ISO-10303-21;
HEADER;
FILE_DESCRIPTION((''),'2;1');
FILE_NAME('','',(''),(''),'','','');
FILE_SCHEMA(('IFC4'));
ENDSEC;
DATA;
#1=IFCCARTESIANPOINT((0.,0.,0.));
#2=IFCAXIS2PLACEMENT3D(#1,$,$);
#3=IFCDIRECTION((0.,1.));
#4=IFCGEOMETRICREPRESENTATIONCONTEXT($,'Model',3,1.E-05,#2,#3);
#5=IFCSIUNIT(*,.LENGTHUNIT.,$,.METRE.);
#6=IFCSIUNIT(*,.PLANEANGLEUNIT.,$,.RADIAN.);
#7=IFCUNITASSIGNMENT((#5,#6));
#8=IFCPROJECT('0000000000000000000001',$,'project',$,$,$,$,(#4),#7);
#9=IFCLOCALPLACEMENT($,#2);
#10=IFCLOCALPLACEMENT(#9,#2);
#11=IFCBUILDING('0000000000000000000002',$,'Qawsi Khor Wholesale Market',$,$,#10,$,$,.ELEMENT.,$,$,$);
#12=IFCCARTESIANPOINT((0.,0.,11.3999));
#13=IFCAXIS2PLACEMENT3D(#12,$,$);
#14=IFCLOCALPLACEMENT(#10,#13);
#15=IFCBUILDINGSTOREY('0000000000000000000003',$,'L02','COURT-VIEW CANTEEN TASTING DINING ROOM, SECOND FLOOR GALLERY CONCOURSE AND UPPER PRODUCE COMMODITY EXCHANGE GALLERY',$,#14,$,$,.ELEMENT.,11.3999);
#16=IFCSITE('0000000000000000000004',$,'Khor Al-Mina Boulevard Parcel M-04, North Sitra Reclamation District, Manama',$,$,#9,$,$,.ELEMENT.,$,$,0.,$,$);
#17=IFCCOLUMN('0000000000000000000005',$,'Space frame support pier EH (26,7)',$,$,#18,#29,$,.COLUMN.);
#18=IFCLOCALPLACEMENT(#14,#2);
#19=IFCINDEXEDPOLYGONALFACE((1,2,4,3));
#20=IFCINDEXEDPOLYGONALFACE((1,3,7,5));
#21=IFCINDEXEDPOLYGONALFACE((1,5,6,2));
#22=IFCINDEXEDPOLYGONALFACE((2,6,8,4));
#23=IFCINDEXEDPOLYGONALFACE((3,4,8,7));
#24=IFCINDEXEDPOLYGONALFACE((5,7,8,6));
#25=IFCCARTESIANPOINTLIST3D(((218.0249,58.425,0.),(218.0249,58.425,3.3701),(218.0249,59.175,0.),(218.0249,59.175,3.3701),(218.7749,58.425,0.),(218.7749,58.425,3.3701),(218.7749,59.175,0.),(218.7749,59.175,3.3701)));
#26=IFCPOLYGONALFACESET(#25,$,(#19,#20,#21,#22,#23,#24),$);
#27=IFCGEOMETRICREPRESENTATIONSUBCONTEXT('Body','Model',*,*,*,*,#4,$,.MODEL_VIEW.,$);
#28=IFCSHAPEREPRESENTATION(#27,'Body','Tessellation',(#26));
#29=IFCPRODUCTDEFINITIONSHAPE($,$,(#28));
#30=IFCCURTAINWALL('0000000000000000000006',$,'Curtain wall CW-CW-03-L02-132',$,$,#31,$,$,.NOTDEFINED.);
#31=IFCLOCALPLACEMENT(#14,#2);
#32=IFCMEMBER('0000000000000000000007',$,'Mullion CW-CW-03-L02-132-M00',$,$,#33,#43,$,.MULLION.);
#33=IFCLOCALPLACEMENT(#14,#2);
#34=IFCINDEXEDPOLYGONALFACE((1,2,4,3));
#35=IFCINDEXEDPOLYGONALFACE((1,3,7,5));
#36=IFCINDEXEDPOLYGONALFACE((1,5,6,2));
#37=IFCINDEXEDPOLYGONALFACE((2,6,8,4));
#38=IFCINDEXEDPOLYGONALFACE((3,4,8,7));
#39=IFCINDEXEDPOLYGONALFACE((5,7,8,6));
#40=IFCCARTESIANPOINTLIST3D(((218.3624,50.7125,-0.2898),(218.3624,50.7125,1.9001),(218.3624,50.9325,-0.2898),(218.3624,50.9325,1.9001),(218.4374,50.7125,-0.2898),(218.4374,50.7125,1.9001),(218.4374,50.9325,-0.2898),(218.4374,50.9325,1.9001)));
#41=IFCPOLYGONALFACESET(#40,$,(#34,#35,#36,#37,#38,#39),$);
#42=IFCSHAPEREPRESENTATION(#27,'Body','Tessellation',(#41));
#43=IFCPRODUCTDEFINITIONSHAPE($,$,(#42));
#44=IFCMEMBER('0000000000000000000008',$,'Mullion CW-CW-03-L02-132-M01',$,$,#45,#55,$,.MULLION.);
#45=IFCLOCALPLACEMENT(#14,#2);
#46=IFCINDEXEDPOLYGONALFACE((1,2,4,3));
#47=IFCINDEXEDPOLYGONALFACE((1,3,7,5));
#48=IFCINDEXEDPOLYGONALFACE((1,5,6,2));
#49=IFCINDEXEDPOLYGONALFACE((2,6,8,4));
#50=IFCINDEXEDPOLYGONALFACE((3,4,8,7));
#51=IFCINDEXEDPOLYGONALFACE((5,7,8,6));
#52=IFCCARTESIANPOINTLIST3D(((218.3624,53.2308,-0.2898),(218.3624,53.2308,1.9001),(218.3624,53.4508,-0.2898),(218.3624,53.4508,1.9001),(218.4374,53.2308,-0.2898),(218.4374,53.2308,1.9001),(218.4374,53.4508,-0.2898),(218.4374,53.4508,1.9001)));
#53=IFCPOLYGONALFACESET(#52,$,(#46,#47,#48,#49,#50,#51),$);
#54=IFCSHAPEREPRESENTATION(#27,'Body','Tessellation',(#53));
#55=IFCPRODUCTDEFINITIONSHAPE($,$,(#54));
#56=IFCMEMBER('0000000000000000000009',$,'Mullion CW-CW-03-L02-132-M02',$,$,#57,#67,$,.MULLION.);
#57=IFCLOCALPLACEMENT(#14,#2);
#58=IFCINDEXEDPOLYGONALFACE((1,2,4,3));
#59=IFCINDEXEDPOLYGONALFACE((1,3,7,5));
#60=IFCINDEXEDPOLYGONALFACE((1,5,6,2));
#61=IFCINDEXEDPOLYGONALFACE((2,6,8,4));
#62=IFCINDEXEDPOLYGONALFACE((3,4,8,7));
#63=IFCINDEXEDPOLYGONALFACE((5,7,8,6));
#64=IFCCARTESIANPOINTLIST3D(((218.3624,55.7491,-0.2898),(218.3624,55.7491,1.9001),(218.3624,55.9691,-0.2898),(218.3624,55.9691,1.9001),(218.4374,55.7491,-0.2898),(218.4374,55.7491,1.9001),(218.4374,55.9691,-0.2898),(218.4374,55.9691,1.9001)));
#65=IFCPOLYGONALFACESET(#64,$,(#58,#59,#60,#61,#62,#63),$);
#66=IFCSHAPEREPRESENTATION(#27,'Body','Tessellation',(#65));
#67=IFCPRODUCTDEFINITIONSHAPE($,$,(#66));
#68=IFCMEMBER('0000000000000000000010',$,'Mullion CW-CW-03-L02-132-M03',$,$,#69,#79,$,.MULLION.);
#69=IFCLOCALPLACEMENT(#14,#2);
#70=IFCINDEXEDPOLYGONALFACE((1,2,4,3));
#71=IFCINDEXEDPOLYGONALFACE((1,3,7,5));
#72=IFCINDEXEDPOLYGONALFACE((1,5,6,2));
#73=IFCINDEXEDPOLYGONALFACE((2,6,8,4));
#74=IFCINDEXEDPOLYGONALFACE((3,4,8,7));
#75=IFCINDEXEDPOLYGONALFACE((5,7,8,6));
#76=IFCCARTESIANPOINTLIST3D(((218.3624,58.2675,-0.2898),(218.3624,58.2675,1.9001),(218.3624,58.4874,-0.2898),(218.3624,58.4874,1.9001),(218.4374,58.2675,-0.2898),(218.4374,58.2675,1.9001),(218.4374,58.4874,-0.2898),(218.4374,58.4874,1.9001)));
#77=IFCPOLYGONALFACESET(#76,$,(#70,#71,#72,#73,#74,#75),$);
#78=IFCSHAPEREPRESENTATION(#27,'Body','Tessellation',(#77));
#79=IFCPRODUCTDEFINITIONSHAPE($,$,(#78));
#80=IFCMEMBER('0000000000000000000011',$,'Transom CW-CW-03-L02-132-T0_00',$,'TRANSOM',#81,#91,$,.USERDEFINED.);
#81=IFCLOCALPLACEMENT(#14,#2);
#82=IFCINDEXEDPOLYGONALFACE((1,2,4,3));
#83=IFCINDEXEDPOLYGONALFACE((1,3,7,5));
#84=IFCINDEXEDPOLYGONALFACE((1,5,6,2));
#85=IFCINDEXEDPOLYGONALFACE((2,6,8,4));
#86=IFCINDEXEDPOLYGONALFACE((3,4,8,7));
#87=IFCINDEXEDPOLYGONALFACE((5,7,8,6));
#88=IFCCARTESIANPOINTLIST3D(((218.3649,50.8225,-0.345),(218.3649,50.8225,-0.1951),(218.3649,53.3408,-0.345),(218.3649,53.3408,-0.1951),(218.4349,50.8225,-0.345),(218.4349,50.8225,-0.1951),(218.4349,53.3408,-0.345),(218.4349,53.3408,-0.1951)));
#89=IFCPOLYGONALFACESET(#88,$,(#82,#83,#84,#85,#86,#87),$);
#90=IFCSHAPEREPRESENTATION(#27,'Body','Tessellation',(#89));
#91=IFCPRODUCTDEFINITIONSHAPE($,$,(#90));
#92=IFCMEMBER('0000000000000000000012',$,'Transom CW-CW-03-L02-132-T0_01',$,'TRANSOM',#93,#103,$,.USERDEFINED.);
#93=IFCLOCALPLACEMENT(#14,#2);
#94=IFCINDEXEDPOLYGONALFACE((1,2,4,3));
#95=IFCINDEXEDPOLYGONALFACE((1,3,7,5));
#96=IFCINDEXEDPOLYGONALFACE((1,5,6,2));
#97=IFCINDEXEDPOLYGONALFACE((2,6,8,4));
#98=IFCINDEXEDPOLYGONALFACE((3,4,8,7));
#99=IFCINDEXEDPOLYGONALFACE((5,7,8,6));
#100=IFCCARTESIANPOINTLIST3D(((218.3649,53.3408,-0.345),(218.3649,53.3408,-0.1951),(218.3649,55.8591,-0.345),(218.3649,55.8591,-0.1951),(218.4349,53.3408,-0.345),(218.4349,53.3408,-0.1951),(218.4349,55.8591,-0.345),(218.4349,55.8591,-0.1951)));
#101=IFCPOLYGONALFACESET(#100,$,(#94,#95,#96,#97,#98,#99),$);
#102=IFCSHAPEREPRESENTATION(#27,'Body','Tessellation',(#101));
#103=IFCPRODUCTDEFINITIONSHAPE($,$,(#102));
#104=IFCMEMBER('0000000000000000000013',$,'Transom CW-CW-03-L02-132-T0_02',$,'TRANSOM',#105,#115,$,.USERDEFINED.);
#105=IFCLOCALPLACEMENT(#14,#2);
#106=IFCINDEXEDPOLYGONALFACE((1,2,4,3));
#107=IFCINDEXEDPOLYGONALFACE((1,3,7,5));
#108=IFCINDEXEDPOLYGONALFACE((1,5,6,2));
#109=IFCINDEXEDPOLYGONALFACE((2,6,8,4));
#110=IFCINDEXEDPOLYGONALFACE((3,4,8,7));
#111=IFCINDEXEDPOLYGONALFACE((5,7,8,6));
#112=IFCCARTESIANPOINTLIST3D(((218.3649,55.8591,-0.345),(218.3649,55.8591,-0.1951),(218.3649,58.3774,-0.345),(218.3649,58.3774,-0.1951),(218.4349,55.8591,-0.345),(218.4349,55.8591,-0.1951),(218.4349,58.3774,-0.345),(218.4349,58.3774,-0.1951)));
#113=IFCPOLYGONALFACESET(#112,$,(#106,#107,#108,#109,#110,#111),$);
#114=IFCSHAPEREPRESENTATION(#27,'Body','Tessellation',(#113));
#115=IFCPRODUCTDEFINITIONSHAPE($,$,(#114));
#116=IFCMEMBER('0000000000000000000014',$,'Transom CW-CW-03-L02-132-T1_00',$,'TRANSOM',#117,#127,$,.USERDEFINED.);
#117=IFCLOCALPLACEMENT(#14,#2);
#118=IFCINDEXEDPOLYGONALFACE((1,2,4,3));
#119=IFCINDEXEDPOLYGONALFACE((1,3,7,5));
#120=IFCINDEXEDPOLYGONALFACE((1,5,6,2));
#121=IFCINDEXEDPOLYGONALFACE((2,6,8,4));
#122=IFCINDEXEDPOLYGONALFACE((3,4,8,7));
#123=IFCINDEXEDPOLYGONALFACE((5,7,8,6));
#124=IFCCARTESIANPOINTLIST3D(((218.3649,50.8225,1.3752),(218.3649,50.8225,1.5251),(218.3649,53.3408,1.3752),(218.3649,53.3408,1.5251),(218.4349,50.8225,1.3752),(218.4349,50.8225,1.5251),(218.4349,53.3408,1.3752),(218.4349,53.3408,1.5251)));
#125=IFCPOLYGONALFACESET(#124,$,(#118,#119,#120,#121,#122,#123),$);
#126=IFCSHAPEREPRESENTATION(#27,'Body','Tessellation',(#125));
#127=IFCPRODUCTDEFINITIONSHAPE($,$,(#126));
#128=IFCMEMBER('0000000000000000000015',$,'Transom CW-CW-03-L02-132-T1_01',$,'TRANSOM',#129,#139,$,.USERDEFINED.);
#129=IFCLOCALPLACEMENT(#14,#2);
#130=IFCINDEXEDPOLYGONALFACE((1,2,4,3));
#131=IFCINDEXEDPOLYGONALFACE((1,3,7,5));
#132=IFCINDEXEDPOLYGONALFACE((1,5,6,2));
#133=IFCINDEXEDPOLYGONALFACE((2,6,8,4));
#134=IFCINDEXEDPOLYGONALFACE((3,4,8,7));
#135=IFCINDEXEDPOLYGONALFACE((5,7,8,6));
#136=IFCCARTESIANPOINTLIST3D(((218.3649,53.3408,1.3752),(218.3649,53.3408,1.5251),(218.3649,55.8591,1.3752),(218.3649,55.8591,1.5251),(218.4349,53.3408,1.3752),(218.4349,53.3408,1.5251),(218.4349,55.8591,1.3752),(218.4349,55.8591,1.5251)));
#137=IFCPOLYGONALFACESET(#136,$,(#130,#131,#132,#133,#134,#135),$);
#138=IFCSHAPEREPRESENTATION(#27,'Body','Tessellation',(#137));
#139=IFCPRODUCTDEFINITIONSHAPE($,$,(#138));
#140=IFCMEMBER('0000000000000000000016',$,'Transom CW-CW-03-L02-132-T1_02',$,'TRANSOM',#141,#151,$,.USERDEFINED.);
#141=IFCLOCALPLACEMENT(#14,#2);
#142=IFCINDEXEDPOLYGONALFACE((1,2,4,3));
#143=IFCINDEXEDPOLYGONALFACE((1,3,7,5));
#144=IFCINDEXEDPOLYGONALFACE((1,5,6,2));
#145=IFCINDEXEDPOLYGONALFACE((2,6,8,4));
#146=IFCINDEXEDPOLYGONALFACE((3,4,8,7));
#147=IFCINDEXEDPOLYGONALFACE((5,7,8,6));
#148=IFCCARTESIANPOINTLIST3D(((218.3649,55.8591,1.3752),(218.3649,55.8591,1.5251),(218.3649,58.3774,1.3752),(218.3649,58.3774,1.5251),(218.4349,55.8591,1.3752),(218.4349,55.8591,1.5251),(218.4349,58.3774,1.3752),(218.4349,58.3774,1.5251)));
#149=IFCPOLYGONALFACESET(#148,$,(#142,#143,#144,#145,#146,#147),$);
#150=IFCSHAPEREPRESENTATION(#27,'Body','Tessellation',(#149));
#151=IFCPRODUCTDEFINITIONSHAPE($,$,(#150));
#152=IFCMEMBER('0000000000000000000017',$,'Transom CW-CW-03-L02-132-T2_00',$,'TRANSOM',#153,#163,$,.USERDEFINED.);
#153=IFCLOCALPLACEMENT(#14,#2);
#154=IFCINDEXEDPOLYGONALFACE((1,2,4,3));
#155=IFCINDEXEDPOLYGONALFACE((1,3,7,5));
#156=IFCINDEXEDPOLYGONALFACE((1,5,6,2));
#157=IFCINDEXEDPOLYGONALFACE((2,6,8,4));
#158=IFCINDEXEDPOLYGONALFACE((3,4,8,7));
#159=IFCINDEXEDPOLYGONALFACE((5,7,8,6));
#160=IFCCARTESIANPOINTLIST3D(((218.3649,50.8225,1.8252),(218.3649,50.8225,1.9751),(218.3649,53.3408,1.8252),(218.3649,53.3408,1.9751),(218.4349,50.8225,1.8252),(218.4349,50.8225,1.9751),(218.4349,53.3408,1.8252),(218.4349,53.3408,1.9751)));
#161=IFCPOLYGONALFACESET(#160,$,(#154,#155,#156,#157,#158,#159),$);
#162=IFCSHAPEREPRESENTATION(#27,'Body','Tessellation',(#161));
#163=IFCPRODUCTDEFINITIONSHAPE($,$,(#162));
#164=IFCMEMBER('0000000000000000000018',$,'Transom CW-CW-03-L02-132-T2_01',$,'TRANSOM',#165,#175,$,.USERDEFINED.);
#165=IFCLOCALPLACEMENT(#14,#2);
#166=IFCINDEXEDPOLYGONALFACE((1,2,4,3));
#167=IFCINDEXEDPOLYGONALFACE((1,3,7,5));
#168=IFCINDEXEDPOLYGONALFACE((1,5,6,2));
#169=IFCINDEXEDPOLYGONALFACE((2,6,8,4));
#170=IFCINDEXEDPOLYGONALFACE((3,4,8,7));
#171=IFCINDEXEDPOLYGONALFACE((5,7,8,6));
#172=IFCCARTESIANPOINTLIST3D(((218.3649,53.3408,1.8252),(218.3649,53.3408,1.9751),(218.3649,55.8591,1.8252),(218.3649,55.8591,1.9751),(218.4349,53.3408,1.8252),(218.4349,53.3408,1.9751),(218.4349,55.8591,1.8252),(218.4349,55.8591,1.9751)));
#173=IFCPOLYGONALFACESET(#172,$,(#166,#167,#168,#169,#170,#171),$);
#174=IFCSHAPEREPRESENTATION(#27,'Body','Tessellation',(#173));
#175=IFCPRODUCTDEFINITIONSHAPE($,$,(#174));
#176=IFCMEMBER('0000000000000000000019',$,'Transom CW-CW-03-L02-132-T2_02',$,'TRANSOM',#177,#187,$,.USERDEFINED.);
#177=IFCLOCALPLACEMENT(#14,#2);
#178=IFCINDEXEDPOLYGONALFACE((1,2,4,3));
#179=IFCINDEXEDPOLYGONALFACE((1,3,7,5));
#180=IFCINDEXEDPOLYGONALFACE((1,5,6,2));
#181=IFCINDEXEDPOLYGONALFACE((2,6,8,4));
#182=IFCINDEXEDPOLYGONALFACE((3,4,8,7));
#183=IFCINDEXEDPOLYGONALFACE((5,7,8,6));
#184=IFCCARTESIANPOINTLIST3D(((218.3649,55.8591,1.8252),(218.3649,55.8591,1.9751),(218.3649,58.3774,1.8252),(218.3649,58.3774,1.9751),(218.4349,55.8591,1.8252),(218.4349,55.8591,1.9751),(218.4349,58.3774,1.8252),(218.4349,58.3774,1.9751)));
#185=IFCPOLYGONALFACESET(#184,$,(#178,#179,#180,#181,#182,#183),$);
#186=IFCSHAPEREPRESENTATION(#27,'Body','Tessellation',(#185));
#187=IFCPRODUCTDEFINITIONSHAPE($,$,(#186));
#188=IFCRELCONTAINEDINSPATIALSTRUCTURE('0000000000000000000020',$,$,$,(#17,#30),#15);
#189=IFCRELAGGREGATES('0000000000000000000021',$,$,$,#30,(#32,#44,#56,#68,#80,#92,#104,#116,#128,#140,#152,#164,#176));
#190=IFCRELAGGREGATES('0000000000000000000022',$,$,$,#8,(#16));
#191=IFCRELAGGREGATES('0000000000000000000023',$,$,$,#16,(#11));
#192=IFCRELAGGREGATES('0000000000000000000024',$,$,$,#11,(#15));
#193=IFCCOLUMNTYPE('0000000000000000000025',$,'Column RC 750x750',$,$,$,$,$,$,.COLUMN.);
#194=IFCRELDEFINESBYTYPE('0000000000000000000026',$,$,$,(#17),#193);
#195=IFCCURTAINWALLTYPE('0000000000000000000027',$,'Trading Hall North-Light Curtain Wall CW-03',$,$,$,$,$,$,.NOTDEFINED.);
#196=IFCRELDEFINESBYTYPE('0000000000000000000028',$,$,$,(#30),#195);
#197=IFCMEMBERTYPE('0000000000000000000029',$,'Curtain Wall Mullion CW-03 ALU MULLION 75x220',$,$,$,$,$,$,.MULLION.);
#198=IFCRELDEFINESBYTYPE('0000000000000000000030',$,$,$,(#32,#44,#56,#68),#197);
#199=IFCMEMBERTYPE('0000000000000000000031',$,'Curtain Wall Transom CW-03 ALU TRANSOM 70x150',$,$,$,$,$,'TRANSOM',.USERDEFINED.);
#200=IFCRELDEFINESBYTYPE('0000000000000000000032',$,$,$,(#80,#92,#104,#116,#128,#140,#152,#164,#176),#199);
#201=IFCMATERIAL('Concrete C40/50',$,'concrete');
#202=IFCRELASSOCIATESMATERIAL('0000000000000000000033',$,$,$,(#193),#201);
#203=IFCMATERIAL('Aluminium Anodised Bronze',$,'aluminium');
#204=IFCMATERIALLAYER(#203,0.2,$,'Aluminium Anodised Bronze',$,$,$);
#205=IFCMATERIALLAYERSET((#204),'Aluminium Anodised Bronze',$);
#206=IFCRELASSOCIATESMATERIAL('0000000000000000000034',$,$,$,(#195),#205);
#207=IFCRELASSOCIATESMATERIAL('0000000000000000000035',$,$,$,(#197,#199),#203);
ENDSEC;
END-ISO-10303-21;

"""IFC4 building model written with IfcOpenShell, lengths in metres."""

from ifc_helpers import new_model, si_unit, direction, frame, origin, origin_2d, place, context, subcontext, project, spatial, rectangle, extrude, material, layer, layer_set, material_profile, profile_set, type_object, element, aggregate, save


model = new_model("IFC4")

# Units and contexts
model_context = context("Model", 3, precision=1e-05, world=origin(), true_north=direction((0.0, 1.0)))
body_context = subcontext(model_context, "Body", "Model", "MODEL_VIEW")
ifc_project = project(units=[si_unit("LENGTHUNIT", "METRE"), si_unit("PLANEANGLEUNIT", "RADIAN")], contexts=[model_context])

# Site, building, storey
site_placement = place(None, origin())
site = spatial("IfcSite", under=ifc_project, at=site_placement, Name="Khor Al-Mina Boulevard Parcel M-04, North Sitra Reclamation District, Manama", CompositionType="ELEMENT", RefElevation=0.0)
building_placement = place(site_placement, origin())
building = spatial("IfcBuilding", under=site, at=building_placement, Name="Qawsi Khor Wholesale Market", CompositionType="ELEMENT")
storey_placement = place(building_placement, frame((0.0, 0.0, 11.3999)))
storey = spatial("IfcBuildingStorey", under=building, at=storey_placement, Name="L02", Description="COURT-VIEW CANTEEN TASTING DINING ROOM, SECOND FLOOR GALLERY CONCOURSE AND UPPER PRODUCE COMMODITY EXCHANGE GALLERY", CompositionType="ELEMENT", Elevation=11.3999)

# Column
ifc_material_1 = material(Name="Concrete C40/50", Category="concrete")
ifc_material_profile_1 = material_profile(ifc_material_1, rectangle(XDim=0.75, YDim=0.75, at=origin_2d()), Name="RC 750x750")
ifc_profile_set_1 = profile_set([ifc_material_profile_1], Name="Concrete C40/50")
column_type = type_object("IfcColumnType", Name="Column RC 750x750", PredefinedType="COLUMN", material=ifc_profile_set_1)
column_placement = place(storey_placement, frame((218.3999, 58.8, 0.0), z_axis=(0.0, 0.0, 1.0), x_axis=(1.0, 0.0, 0.0)))
element("IfcColumn", 1, at=column_placement, inside=storey, type_object=column_type, Name="Space frame support pier EH (26,7)", PredefinedType="COLUMN", context=body_context, shape_type="SweptSolid", body=[
    extrude(rectangle(XDim=0.75, YDim=0.75, at=origin_2d()), origin(), (0.0, 0.0, 1.0), 3.3701),
])

# Curtain wall, members
ifc_material_2 = material(Name="Aluminium Anodised Bronze", Category="aluminium")
ifc_layer_1 = layer(ifc_material_2, 0.2, Name="Aluminium Anodised Bronze")
ifc_layer_set_1 = layer_set([ifc_layer_1], Name="Aluminium Anodised Bronze")
curtain_wall_type = type_object("IfcCurtainWallType", Name="Trading Hall North-Light Curtain Wall CW-03", PredefinedType="NOTDEFINED", material=ifc_layer_set_1)
curtain_wall_placement = place(storey_placement, origin())
curtain_wall = element("IfcCurtainWall", 2, at=curtain_wall_placement, inside=storey, type_object=curtain_wall_type, Name="Curtain wall CW-CW-03-L02-132", PredefinedType="NOTDEFINED")
ifc_material_profile_2 = material_profile(ifc_material_2, rectangle(XDim=0.075, YDim=0.22, at=origin_2d()), Name="ALU MULLION 75x220")
ifc_profile_set_2 = profile_set([ifc_material_profile_2], Name="Aluminium Anodised Bronze")
member_type_1 = type_object("IfcMemberType", Name="Curtain Wall Mullion CW-03 ALU MULLION 75x220", PredefinedType="MULLION", material=ifc_profile_set_2)
member_1_placement = place(storey_placement, frame((218.3999, 50.8225, -0.2898), z_axis=(0.0, 0.0, 1.0), x_axis=(1.0, 0.0, 0.0)))
member_1 = element("IfcMember", 3, at=member_1_placement, type_object=member_type_1, Name="Mullion CW-CW-03-L02-132-M00", PredefinedType="MULLION", context=body_context, shape_type="SweptSolid", body=[
    extrude(rectangle(XDim=0.075, YDim=0.22, at=origin_2d()), origin(), (0.0, 0.0, 1.0), 2.1899),
])
member_2_placement = place(storey_placement, frame((218.3999, 53.3408, -0.2898), z_axis=(0.0, 0.0, 1.0), x_axis=(1.0, 0.0, 0.0)))
member_2 = element("IfcMember", 4, at=member_2_placement, type_object=member_type_1, Name="Mullion CW-CW-03-L02-132-M01", PredefinedType="MULLION", context=body_context, shape_type="SweptSolid", body=[
    extrude(rectangle(XDim=0.075, YDim=0.22, at=origin_2d()), origin(), (0.0, 0.0, 1.0), 2.1899),
])
member_3_placement = place(storey_placement, frame((218.3999, 55.8591, -0.2898), z_axis=(0.0, 0.0, 1.0), x_axis=(1.0, 0.0, 0.0)))
member_3 = element("IfcMember", 5, at=member_3_placement, type_object=member_type_1, Name="Mullion CW-CW-03-L02-132-M02", PredefinedType="MULLION", context=body_context, shape_type="SweptSolid", body=[
    extrude(rectangle(XDim=0.075, YDim=0.22, at=origin_2d()), origin(), (0.0, 0.0, 1.0), 2.1899),
])
member_4_placement = place(storey_placement, frame((218.3999, 58.3774, -0.2898), z_axis=(0.0, 0.0, 1.0), x_axis=(1.0, 0.0, 0.0)))
member_4 = element("IfcMember", 6, at=member_4_placement, type_object=member_type_1, Name="Mullion CW-CW-03-L02-132-M03", PredefinedType="MULLION", context=body_context, shape_type="SweptSolid", body=[
    extrude(rectangle(XDim=0.075, YDim=0.22, at=origin_2d()), origin(), (0.0, 0.0, 1.0), 2.1899),
])
ifc_material_profile_3 = material_profile(ifc_material_2, rectangle(XDim=0.0701, YDim=0.1499, at=origin_2d()), Name="ALU TRANSOM 70x150")
ifc_profile_set_3 = profile_set([ifc_material_profile_3], Name="Aluminium Anodised Bronze")
member_type_2 = type_object("IfcMemberType", Name="Curtain Wall Transom CW-03 ALU TRANSOM 70x150", ElementType="TRANSOM", PredefinedType="USERDEFINED", material=ifc_profile_set_3)
member_5_placement = place(storey_placement, frame((218.3999, 50.8225, -0.27), z_axis=(0.0, 1.0, 0.0), x_axis=(-1.0, 0.0, 0.0)))
member_5 = element("IfcMember", 7, at=member_5_placement, type_object=member_type_2, Name="Transom CW-CW-03-L02-132-T0_00", ObjectType="TRANSOM", PredefinedType="USERDEFINED", context=body_context, shape_type="SweptSolid", body=[
    extrude(rectangle(XDim=0.0701, YDim=0.1499, at=origin_2d()), origin(), (0.0, 0.0, 1.0), 2.5183),
])
member_6_placement = place(storey_placement, frame((218.3999, 53.3408, -0.27), z_axis=(0.0, 1.0, 0.0), x_axis=(-1.0, 0.0, 0.0)))
member_6 = element("IfcMember", 8, at=member_6_placement, type_object=member_type_2, Name="Transom CW-CW-03-L02-132-T0_01", ObjectType="TRANSOM", PredefinedType="USERDEFINED", context=body_context, shape_type="SweptSolid", body=[
    extrude(rectangle(XDim=0.0701, YDim=0.1499, at=origin_2d()), origin(), (0.0, 0.0, 1.0), 2.5183),
])
member_7_placement = place(storey_placement, frame((218.3999, 55.8591, -0.27), z_axis=(0.0, 1.0, 0.0), x_axis=(-1.0, 0.0, 0.0)))
member_7 = element("IfcMember", 9, at=member_7_placement, type_object=member_type_2, Name="Transom CW-CW-03-L02-132-T0_02", ObjectType="TRANSOM", PredefinedType="USERDEFINED", context=body_context, shape_type="SweptSolid", body=[
    extrude(rectangle(XDim=0.0701, YDim=0.1499, at=origin_2d()), origin(), (0.0, 0.0, 1.0), 2.5183),
])
member_8_placement = place(storey_placement, frame((218.3999, 50.8225, 1.4502), z_axis=(0.0, 1.0, 0.0), x_axis=(-1.0, 0.0, 0.0)))
member_8 = element("IfcMember", 10, at=member_8_placement, type_object=member_type_2, Name="Transom CW-CW-03-L02-132-T1_00", ObjectType="TRANSOM", PredefinedType="USERDEFINED", context=body_context, shape_type="SweptSolid", body=[
    extrude(rectangle(XDim=0.0701, YDim=0.1499, at=origin_2d()), origin(), (0.0, 0.0, 1.0), 2.5183),
])
member_9_placement = place(storey_placement, frame((218.3999, 53.3408, 1.4502), z_axis=(0.0, 1.0, 0.0), x_axis=(-1.0, 0.0, 0.0)))
member_9 = element("IfcMember", 11, at=member_9_placement, type_object=member_type_2, Name="Transom CW-CW-03-L02-132-T1_01", ObjectType="TRANSOM", PredefinedType="USERDEFINED", context=body_context, shape_type="SweptSolid", body=[
    extrude(rectangle(XDim=0.0701, YDim=0.1499, at=origin_2d()), origin(), (0.0, 0.0, 1.0), 2.5183),
])
member_10_placement = place(storey_placement, frame((218.3999, 55.8591, 1.4502), z_axis=(0.0, 1.0, 0.0), x_axis=(-1.0, 0.0, 0.0)))
member_10 = element("IfcMember", 12, at=member_10_placement, type_object=member_type_2, Name="Transom CW-CW-03-L02-132-T1_02", ObjectType="TRANSOM", PredefinedType="USERDEFINED", context=body_context, shape_type="SweptSolid", body=[
    extrude(rectangle(XDim=0.0701, YDim=0.1499, at=origin_2d()), origin(), (0.0, 0.0, 1.0), 2.5183),
])
member_11_placement = place(storey_placement, frame((218.3999, 50.8225, 1.9001), z_axis=(0.0, 1.0, 0.0), x_axis=(-1.0, 0.0, 0.0)))
member_11 = element("IfcMember", 13, at=member_11_placement, type_object=member_type_2, Name="Transom CW-CW-03-L02-132-T2_00", ObjectType="TRANSOM", PredefinedType="USERDEFINED", context=body_context, shape_type="SweptSolid", body=[
    extrude(rectangle(XDim=0.0701, YDim=0.1499, at=origin_2d()), origin(), (0.0, 0.0, 1.0), 2.5183),
])
member_12_placement = place(storey_placement, frame((218.3999, 53.3408, 1.9001), z_axis=(0.0, 1.0, 0.0), x_axis=(-1.0, 0.0, 0.0)))
member_12 = element("IfcMember", 14, at=member_12_placement, type_object=member_type_2, Name="Transom CW-CW-03-L02-132-T2_01", ObjectType="TRANSOM", PredefinedType="USERDEFINED", context=body_context, shape_type="SweptSolid", body=[
    extrude(rectangle(XDim=0.0701, YDim=0.1499, at=origin_2d()), origin(), (0.0, 0.0, 1.0), 2.5183),
])
member_13_placement = place(storey_placement, frame((218.3999, 55.8591, 1.9001), z_axis=(0.0, 1.0, 0.0), x_axis=(-1.0, 0.0, 0.0)))
member_13 = element("IfcMember", 15, at=member_13_placement, type_object=member_type_2, Name="Transom CW-CW-03-L02-132-T2_02", ObjectType="TRANSOM", PredefinedType="USERDEFINED", context=body_context, shape_type="SweptSolid", body=[
    extrude(rectangle(XDim=0.0701, YDim=0.1499, at=origin_2d()), origin(), (0.0, 0.0, 1.0), 2.5183),
])

aggregate(curtain_wall, [member_1, member_2, member_3, member_4, member_5, member_6, member_7, member_8, member_9, member_10, member_11, member_12, member_13])

save(model, "model.ifc")
